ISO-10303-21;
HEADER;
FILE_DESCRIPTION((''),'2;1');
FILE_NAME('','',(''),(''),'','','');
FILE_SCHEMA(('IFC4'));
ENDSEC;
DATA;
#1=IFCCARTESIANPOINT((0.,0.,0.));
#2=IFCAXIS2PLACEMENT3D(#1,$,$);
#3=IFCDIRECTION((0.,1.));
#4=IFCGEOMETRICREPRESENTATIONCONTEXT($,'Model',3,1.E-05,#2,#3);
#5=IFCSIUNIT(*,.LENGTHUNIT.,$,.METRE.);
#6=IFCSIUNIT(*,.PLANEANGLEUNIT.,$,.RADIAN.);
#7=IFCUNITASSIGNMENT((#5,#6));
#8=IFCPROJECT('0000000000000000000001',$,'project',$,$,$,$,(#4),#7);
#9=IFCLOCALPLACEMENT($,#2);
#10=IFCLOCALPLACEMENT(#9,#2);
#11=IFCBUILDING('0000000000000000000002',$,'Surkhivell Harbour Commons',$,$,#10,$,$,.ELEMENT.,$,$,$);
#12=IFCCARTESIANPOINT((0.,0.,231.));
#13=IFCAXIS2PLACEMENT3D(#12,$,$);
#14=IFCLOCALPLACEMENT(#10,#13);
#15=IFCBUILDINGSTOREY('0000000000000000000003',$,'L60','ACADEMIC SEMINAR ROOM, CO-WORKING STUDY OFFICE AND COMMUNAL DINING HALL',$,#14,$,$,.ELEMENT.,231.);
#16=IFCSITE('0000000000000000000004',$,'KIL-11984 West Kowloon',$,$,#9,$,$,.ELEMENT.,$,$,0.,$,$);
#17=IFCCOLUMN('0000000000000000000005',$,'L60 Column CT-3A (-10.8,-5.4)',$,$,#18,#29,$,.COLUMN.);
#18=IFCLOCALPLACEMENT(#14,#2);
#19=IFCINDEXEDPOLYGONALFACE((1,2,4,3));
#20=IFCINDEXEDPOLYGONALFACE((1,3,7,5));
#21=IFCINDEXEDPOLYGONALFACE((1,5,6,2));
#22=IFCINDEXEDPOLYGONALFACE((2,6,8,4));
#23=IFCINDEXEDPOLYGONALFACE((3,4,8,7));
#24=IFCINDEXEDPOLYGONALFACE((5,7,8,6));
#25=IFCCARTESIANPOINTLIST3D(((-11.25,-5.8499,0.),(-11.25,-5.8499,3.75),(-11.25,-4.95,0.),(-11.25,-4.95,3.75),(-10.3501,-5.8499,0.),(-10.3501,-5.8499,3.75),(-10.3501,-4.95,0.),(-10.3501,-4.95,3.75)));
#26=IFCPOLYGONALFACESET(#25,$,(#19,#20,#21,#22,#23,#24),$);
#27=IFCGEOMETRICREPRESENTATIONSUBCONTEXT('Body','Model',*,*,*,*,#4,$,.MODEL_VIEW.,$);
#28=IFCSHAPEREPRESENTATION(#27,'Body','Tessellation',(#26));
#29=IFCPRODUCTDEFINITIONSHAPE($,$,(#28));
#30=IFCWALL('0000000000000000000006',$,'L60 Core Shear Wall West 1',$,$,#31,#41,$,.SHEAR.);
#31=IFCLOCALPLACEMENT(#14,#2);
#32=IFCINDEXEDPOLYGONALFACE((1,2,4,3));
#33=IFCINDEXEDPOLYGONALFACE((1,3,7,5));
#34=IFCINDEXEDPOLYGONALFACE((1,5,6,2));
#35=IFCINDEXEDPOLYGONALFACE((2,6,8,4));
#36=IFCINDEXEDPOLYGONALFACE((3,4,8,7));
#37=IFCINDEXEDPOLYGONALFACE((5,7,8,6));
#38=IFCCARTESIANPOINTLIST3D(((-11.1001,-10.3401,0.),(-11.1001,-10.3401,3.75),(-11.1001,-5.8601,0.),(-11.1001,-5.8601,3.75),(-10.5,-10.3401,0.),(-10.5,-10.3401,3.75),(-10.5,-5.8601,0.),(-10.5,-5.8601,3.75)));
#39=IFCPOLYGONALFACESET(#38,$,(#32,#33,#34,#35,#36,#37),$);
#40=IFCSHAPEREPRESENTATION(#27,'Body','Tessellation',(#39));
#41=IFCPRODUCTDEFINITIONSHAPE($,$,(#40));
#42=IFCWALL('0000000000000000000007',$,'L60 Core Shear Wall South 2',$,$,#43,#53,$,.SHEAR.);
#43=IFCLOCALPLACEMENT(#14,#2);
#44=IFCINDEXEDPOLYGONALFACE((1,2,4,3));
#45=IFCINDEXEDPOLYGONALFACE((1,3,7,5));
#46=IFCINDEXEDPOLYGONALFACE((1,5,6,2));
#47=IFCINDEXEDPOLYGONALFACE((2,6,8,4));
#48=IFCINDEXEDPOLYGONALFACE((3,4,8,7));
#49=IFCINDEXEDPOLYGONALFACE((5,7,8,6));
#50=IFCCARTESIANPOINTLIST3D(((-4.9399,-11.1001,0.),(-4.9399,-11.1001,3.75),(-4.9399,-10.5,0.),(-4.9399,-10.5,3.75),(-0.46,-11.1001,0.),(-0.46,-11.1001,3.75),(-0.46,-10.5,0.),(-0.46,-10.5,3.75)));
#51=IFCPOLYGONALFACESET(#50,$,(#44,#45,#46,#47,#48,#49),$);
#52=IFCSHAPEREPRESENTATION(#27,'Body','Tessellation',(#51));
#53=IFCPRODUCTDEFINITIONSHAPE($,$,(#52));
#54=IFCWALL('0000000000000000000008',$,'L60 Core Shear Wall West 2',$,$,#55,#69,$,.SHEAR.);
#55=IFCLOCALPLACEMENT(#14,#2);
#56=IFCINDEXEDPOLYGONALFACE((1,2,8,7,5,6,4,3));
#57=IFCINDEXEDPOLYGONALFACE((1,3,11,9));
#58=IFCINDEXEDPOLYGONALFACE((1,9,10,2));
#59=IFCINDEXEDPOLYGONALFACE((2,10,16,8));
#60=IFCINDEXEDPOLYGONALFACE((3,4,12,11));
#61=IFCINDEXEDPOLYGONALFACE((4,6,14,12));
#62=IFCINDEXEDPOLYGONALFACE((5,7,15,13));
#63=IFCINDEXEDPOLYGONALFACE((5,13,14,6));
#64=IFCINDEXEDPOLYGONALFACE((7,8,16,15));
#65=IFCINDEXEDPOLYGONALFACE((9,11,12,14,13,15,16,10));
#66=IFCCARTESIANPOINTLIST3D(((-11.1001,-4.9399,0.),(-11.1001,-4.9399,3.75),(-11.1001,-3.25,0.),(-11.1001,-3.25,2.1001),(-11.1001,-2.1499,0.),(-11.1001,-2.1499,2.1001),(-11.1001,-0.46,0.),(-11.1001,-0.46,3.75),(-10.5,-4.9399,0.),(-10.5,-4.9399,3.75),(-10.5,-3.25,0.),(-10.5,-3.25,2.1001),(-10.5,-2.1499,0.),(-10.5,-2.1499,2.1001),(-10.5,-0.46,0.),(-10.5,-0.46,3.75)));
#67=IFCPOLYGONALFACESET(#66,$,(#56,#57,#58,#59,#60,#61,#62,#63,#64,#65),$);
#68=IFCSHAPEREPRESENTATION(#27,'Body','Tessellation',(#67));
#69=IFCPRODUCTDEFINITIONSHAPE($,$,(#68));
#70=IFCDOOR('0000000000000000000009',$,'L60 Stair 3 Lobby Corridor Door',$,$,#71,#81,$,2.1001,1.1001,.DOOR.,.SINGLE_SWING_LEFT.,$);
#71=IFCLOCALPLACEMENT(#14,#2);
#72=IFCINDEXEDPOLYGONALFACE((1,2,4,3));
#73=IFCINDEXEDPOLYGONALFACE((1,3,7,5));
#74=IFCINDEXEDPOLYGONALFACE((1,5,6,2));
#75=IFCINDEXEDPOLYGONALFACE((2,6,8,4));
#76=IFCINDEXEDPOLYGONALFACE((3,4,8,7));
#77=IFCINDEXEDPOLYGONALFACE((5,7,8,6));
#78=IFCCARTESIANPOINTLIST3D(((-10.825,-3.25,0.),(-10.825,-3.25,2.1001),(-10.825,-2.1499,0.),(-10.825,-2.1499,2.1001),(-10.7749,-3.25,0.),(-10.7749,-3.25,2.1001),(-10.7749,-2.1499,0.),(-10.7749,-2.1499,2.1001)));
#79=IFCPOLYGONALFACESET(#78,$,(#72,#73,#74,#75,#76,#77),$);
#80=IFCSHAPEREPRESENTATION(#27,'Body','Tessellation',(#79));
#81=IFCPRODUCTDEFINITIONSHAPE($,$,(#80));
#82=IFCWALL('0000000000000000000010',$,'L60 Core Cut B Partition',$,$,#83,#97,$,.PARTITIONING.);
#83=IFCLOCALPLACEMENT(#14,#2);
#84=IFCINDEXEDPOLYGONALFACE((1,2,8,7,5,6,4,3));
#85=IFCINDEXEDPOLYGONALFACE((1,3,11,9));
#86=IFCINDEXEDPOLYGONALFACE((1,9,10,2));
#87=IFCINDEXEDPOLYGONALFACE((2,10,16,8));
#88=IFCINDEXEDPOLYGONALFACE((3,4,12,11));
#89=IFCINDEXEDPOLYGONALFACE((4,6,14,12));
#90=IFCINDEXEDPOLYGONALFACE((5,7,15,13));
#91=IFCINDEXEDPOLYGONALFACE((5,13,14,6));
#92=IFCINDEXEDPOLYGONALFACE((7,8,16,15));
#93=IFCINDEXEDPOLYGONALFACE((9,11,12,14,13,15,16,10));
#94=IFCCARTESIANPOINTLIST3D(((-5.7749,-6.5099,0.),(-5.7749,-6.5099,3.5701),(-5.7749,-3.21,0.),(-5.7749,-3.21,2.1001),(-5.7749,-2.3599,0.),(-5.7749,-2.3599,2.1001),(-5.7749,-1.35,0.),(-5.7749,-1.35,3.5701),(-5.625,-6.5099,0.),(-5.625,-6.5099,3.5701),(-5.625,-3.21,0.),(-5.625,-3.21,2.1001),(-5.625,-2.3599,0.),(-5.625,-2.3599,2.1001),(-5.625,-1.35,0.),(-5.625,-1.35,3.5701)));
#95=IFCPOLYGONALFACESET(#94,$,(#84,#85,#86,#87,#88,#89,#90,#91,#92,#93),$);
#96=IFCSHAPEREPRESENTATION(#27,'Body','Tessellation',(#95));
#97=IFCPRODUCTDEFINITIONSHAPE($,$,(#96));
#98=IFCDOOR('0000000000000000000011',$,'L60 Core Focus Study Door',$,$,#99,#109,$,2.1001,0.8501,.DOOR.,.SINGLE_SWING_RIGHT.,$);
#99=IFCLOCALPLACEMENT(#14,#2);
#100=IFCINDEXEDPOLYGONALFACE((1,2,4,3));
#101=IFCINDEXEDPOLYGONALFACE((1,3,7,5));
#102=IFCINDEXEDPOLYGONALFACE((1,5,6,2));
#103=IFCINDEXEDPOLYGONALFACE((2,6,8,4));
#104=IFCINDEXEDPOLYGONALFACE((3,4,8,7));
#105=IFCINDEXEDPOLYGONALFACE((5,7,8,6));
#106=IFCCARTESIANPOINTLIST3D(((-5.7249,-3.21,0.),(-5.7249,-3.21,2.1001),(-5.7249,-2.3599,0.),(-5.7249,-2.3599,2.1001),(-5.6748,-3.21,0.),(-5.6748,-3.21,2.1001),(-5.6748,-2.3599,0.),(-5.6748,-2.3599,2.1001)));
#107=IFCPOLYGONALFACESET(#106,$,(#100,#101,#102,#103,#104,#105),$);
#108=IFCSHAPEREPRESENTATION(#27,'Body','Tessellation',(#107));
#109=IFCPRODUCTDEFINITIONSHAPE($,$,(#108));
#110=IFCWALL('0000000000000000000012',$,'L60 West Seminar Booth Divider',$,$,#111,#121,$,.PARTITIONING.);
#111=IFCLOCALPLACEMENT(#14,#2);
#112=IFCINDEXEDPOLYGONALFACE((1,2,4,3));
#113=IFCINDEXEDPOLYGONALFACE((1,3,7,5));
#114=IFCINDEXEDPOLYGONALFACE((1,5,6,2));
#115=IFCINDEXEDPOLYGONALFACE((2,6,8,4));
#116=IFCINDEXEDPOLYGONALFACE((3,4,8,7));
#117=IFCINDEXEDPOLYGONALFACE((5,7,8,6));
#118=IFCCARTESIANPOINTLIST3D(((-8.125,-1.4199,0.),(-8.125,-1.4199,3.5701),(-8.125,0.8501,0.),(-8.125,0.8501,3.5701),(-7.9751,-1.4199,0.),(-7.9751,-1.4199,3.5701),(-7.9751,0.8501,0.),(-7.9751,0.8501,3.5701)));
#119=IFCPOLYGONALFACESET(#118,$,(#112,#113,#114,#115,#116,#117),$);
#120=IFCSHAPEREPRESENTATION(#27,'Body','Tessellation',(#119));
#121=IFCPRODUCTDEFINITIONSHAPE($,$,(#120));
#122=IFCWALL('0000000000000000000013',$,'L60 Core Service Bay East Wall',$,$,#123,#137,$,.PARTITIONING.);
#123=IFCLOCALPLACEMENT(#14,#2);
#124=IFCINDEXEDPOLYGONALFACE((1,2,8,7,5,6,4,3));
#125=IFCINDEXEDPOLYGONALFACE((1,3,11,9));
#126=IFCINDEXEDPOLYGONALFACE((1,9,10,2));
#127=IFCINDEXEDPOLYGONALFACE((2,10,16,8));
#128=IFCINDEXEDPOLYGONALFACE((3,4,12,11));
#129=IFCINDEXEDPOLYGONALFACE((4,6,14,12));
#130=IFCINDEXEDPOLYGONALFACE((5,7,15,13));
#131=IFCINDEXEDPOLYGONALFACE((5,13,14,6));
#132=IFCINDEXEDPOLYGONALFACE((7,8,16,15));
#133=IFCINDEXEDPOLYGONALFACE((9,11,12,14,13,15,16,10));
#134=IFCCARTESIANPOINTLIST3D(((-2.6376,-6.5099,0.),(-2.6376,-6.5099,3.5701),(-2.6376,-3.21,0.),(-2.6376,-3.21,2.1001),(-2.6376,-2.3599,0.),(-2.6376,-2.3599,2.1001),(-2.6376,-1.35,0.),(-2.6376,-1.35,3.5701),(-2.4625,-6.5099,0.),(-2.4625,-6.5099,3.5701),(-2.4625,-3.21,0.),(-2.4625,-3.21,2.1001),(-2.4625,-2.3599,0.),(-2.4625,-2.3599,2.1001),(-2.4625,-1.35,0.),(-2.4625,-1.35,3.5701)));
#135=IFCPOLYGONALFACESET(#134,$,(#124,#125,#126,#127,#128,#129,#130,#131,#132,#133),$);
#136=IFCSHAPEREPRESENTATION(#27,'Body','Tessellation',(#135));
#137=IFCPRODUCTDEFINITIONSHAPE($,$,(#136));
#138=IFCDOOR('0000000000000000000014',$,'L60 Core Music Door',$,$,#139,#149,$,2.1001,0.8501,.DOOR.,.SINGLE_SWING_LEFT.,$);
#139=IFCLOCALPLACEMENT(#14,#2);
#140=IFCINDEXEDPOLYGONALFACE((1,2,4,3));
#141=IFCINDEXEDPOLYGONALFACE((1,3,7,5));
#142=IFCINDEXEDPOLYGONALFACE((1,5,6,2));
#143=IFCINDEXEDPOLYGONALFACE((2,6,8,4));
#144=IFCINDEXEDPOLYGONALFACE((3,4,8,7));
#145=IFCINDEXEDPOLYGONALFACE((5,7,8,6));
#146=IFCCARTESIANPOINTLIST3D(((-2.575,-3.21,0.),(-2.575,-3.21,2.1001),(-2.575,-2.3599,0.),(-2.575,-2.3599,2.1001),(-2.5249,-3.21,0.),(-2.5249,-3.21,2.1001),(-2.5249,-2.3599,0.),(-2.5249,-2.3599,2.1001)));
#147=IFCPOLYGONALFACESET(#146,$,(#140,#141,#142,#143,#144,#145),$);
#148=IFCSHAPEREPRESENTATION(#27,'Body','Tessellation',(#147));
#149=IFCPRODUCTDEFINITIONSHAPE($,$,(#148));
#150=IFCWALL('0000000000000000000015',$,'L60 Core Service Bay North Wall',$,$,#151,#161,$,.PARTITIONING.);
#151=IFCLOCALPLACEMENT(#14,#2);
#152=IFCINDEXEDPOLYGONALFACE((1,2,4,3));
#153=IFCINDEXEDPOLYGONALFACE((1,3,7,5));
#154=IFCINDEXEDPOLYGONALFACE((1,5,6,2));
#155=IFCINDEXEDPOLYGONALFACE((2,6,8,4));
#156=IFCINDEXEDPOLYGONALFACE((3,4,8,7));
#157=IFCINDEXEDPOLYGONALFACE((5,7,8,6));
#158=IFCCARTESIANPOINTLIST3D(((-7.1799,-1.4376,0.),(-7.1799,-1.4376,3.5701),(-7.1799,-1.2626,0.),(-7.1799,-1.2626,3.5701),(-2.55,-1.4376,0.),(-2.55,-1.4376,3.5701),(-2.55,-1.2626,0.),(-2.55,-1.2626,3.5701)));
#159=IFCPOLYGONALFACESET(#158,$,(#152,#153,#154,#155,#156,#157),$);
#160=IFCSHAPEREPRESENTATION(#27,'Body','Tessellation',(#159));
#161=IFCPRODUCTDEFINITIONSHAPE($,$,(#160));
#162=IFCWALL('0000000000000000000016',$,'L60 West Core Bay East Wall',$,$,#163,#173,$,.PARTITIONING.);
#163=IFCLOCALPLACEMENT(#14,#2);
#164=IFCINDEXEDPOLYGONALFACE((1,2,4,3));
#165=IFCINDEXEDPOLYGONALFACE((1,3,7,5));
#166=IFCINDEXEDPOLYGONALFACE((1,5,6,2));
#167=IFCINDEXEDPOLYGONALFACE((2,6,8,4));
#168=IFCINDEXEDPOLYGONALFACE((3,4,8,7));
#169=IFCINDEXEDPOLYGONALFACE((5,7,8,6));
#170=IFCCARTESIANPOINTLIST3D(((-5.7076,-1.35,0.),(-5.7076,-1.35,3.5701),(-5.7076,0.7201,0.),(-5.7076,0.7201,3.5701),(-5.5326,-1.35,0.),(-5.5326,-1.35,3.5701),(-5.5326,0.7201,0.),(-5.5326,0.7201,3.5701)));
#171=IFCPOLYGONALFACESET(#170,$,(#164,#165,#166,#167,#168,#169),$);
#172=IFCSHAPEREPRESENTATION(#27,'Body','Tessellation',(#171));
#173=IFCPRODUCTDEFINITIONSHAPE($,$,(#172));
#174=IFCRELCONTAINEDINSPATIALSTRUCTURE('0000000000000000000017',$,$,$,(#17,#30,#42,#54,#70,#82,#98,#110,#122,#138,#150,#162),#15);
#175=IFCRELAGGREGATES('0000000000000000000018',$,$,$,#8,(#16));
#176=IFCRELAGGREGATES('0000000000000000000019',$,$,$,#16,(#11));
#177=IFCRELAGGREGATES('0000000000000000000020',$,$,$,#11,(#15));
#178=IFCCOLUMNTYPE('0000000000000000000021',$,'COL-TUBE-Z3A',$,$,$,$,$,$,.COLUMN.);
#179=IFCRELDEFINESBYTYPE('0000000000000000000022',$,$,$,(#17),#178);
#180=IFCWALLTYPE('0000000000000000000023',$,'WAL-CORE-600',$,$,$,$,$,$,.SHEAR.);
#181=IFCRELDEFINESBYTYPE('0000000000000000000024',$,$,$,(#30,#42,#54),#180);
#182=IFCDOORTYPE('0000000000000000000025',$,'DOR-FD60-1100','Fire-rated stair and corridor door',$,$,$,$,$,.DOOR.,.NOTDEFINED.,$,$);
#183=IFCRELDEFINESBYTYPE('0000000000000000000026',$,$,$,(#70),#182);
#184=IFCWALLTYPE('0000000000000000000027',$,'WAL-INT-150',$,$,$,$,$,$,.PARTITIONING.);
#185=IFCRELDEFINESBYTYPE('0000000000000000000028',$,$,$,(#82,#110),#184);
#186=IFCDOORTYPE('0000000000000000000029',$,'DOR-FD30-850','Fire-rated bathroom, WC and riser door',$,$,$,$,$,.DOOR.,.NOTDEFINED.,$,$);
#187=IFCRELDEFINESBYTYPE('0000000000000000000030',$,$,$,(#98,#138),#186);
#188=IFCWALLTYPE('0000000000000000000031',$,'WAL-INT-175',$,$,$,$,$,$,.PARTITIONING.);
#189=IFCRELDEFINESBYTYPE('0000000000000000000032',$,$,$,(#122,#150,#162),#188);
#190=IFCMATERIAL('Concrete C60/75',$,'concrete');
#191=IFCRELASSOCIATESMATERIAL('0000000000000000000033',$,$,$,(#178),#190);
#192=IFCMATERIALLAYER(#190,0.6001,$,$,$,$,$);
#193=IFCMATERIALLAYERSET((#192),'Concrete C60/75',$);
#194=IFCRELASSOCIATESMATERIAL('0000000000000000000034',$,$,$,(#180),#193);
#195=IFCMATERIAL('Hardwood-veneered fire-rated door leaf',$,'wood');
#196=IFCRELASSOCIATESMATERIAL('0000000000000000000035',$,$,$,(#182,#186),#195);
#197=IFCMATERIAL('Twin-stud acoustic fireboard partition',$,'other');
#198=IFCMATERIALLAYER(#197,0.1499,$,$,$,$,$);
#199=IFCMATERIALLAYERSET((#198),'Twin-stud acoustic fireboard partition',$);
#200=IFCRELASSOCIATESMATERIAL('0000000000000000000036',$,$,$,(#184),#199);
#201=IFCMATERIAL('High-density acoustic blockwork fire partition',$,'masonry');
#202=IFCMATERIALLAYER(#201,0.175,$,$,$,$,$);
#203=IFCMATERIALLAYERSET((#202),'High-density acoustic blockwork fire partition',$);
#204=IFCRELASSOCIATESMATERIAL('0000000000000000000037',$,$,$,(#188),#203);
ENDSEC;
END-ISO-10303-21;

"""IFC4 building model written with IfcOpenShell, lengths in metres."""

from ifc_helpers import new_model, si_unit, direction, frame, frame_2d, origin, origin_2d, place, context, subcontext, project, spatial, rectangle, extrude, material, layer, layer_set, material_profile, profile_set, type_object, element, fill, save


model = new_model("IFC4")

# Units and contexts
model_context = context("Model", 3, precision=1e-05, world=origin(), true_north=direction((0.0, 1.0)))
body_context = subcontext(model_context, "Body", "Model", "MODEL_VIEW")
ifc_project = project(units=[si_unit("LENGTHUNIT", "METRE"), si_unit("PLANEANGLEUNIT", "RADIAN")], contexts=[model_context])

# Site, building, storey
site_placement = place(None, origin())
site = spatial("IfcSite", under=ifc_project, at=site_placement, Name="KIL-11984 West Kowloon", CompositionType="ELEMENT", RefElevation=0.0)
building_placement = place(site_placement, origin())
building = spatial("IfcBuilding", under=site, at=building_placement, Name="Surkhivell Harbour Commons", CompositionType="ELEMENT")
storey_placement = place(building_placement, frame((0.0, 0.0, 231.0)))
storey = spatial("IfcBuildingStorey", under=building, at=storey_placement, Name="L60", Description="ACADEMIC SEMINAR ROOM, CO-WORKING STUDY OFFICE AND COMMUNAL DINING HALL", CompositionType="ELEMENT", Elevation=231.0)

# Column
ifc_material_1 = material(Name="Concrete C60/75", Category="concrete")
ifc_material_profile = material_profile(ifc_material_1, rectangle(XDim=0.8999, YDim=0.8999, at=origin_2d()), Name="RC-COL-900x900")
ifc_profile_set = profile_set([ifc_material_profile], Name="Concrete C60/75")
column_type = type_object("IfcColumnType", Name="COL-TUBE-Z3A", PredefinedType="COLUMN", material=ifc_profile_set)
column_placement = place(storey_placement, frame((-10.8, -5.3999, 0.0), z_axis=(0.0, 0.0, 1.0), x_axis=(1.0, 0.0, 0.0)))
element("IfcColumn", 1, at=column_placement, inside=storey, type_object=column_type, Name="L60 Column CT-3A (-10.8,-5.4)", PredefinedType="COLUMN", context=body_context, shape_type="SweptSolid", body=[
    extrude(rectangle(XDim=0.8999, YDim=0.8999, at=origin_2d()), origin(), (0.0, 0.0, 1.0), 3.75),
])

# Walls
ifc_layer_1 = layer(ifc_material_1, 0.6001)
ifc_layer_set_1 = layer_set([ifc_layer_1], Name="Concrete C60/75")
wall_type_1 = type_object("IfcWallType", Name="WAL-CORE-600", PredefinedType="SHEAR", material=ifc_layer_set_1)
for number, where, z_axis, x_axis, name in (
    (2, (-10.8, -10.3401, 0.0), (0.0, 0.0, 1.0), (0.0, 1.0, 0.0), "L60 Core Shear Wall West 1"),
    (3, (-4.9399, -10.8, 0.0), (0.0, 0.0, 1.0), (1.0, 0.0, 0.0), "L60 Core Shear Wall South 2"),
):
    element("IfcWall", number, at=place(storey_placement, frame(where, z_axis=z_axis, x_axis=x_axis)), inside=storey, type_object=wall_type_1, Name=name, PredefinedType="SHEAR", context=body_context, shape_type="SweptSolid", body=[
        extrude(rectangle(XDim=4.48, YDim=0.6001, at=frame_2d((2.24, 0.0))), origin(), (0.0, 0.0, 1.0), 3.75),
    ])

# Walls, openings, doors
wall_1_placement = place(storey_placement, frame((-10.8, -4.9399, 0.0), z_axis=(0.0, 0.0, 1.0), x_axis=(0.0, 1.0, 0.0)))
wall_1 = element("IfcWall", 4, at=wall_1_placement, inside=storey, type_object=wall_type_1, Name="L60 Core Shear Wall West 2", PredefinedType="SHEAR", context=body_context, shape_type="SweptSolid", body=[
    extrude(rectangle(XDim=4.48, YDim=0.6001, at=frame_2d((2.24, 0.0))), origin(), (0.0, 0.0, 1.0), 3.75),
])
opening_1_placement = place(wall_1_placement, frame((1.6899, 0.0, 0.0)))
opening_1 = element("IfcOpeningElement", 5, at=opening_1_placement, cuts=wall_1, PredefinedType="OPENING", context=body_context, shape_type="SweptSolid", body=[
    extrude(rectangle(XDim=1.1001, YDim=2.1001, at=frame_2d((0.55, 1.05))), frame((0.0, 0.3101, 0.0), z_axis=(0.0, -1.0, 0.0), x_axis=(1.0, 0.0, 0.0)), (0.0, 0.0, 1.0), 0.6201),
])
ifc_material_2 = material(Name="Hardwood-veneered fire-rated door leaf", Category="wood")
door_type_1 = type_object("IfcDoorType", Name="DOR-FD60-1100", Description="Fire-rated stair and corridor door", OperationType="NOTDEFINED", PredefinedType="DOOR", material=ifc_material_2)
door_1_placement = place(opening_1_placement, origin())
door_1 = element("IfcDoor", 6, at=door_1_placement, inside=storey, type_object=door_type_1, Name="L60 Stair 3 Lobby Corridor Door", OperationType="SINGLE_SWING_LEFT", OverallHeight=2.1001, OverallWidth=1.1001, PredefinedType="DOOR", context=body_context, shape_type="SweptSolid", body=[
    extrude(rectangle(XDim=1.1001, YDim=2.1001, at=frame_2d((0.55, 1.05))), frame((0.0, 0.0249, 0.0), z_axis=(0.0, -1.0, 0.0), x_axis=(1.0, 0.0, 0.0)), (0.0, 0.0, 1.0), 0.05),
])
fill(opening_1, door_1)
ifc_material_3 = material(Name="Twin-stud acoustic fireboard partition", Category="other")
ifc_layer_2 = layer(ifc_material_3, 0.1499)
ifc_layer_set_2 = layer_set([ifc_layer_2], Name="Twin-stud acoustic fireboard partition")
wall_type_2 = type_object("IfcWallType", Name="WAL-INT-150", PredefinedType="PARTITIONING", material=ifc_layer_set_2)
wall_2_placement = place(storey_placement, frame((-5.7, -6.51, 0.0), z_axis=(0.0, 0.0, 1.0), x_axis=(0.0, 1.0, 0.0)))
wall_2 = element("IfcWall", 7, at=wall_2_placement, inside=storey, type_object=wall_type_2, Name="L60 Core Cut B Partition", PredefinedType="PARTITIONING", context=body_context, shape_type="SweptSolid", body=[
    extrude(rectangle(XDim=5.1599, YDim=0.1499, at=frame_2d((2.5801, 0.0))), origin(), (0.0, 0.0, 1.0), 3.5701),
])
opening_2_placement = place(wall_2_placement, frame((3.3, 0.0, 0.0)))
opening_2 = element("IfcOpeningElement", 8, at=opening_2_placement, cuts=wall_2, PredefinedType="OPENING", context=body_context, shape_type="SweptSolid", body=[
    extrude(rectangle(XDim=0.8501, YDim=2.1001, at=frame_2d((0.425, 1.05))), frame((0.0, 0.085, 0.0), z_axis=(0.0, -1.0, 0.0), x_axis=(1.0, 0.0, 0.0)), (0.0, 0.0, 1.0), 0.1699),
])
door_type_2 = type_object("IfcDoorType", Name="DOR-FD30-850", Description="Fire-rated bathroom, WC and riser door", OperationType="NOTDEFINED", PredefinedType="DOOR", material=ifc_material_2)
door_2_placement = place(opening_2_placement, origin())
door_2 = element("IfcDoor", 9, at=door_2_placement, inside=storey, type_object=door_type_2, Name="L60 Core Focus Study Door", OperationType="SINGLE_SWING_RIGHT", OverallHeight=2.1001, OverallWidth=0.8501, PredefinedType="DOOR", context=body_context, shape_type="SweptSolid", body=[
    extrude(rectangle(XDim=0.8501, YDim=2.1001, at=frame_2d((0.425, 1.05))), frame((0.0, 0.0249, 0.0), z_axis=(0.0, -1.0, 0.0), x_axis=(1.0, 0.0, 0.0)), (0.0, 0.0, 1.0), 0.05),
])
fill(opening_2, door_2)

# Wall
wall_3_placement = place(storey_placement, frame((-8.05, -1.4199, 0.0), z_axis=(0.0, 0.0, 1.0), x_axis=(0.0, 1.0, 0.0)))
element("IfcWall", 10, at=wall_3_placement, inside=storey, type_object=wall_type_2, Name="L60 West Seminar Booth Divider", PredefinedType="PARTITIONING", context=body_context, shape_type="SweptSolid", body=[
    extrude(rectangle(XDim=2.27, YDim=0.1499, at=frame_2d((1.135, 0.0))), origin(), (0.0, 0.0, 1.0), 3.5701),
])

# Wall, opening, door
ifc_material_4 = material(Name="High-density acoustic blockwork fire partition", Category="masonry")
ifc_layer_3 = layer(ifc_material_4, 0.175)
ifc_layer_set_3 = layer_set([ifc_layer_3], Name="High-density acoustic blockwork fire partition")
wall_type_3 = type_object("IfcWallType", Name="WAL-INT-175", PredefinedType="PARTITIONING", material=ifc_layer_set_3)
wall_4_placement = place(storey_placement, frame((-2.55, -6.51, 0.0), z_axis=(0.0, 0.0, 1.0), x_axis=(0.0, 1.0, 0.0)))
wall_4 = element("IfcWall", 11, at=wall_4_placement, inside=storey, type_object=wall_type_3, Name="L60 Core Service Bay East Wall", PredefinedType="PARTITIONING", context=body_context, shape_type="SweptSolid", body=[
    extrude(rectangle(XDim=5.1599, YDim=0.175, at=frame_2d((2.5801, 0.0))), origin(), (0.0, 0.0, 1.0), 3.5701),
])
opening_3_placement = place(wall_4_placement, frame((3.3, 0.0, 0.0)))
opening_3 = element("IfcOpeningElement", 12, at=opening_3_placement, cuts=wall_4, PredefinedType="OPENING", context=body_context, shape_type="SweptSolid", body=[
    extrude(rectangle(XDim=0.8501, YDim=2.1001, at=frame_2d((0.425, 1.05))), frame((0.0, 0.0974, 0.0), z_axis=(0.0, -1.0, 0.0), x_axis=(1.0, 0.0, 0.0)), (0.0, 0.0, 1.0), 0.1951),
])
door_3_placement = place(opening_3_placement, origin())
door_3 = element("IfcDoor", 13, at=door_3_placement, inside=storey, type_object=door_type_2, Name="L60 Core Music Door", OperationType="SINGLE_SWING_LEFT", OverallHeight=2.1001, OverallWidth=0.8501, PredefinedType="DOOR", context=body_context, shape_type="SweptSolid", body=[
    extrude(rectangle(XDim=0.8501, YDim=2.1001, at=frame_2d((0.425, 1.05))), frame((0.0, 0.0249, 0.0), z_axis=(0.0, -1.0, 0.0), x_axis=(1.0, 0.0, 0.0)), (0.0, 0.0, 1.0), 0.05),
])
fill(opening_3, door_3)

# Walls
wall_5_placement = place(storey_placement, frame((-7.1799, -1.3501, 0.0), z_axis=(0.0, 0.0, 1.0), x_axis=(1.0, 0.0, 0.0)))
element("IfcWall", 14, at=wall_5_placement, inside=storey, type_object=wall_type_3, Name="L60 Core Service Bay North Wall", PredefinedType="PARTITIONING", context=body_context, shape_type="SweptSolid", body=[
    extrude(rectangle(XDim=4.6299, YDim=0.175, at=frame_2d((2.3149, 0.0))), origin(), (0.0, 0.0, 1.0), 3.5701),
])
wall_6_placement = place(storey_placement, frame((-5.6201, -1.3501, 0.0), z_axis=(0.0, 0.0, 1.0), x_axis=(0.0, 1.0, 0.0)))
element("IfcWall", 15, at=wall_6_placement, inside=storey, type_object=wall_type_3, Name="L60 West Core Bay East Wall", PredefinedType="PARTITIONING", context=body_context, shape_type="SweptSolid", body=[
    extrude(rectangle(XDim=2.0701, YDim=0.175, at=frame_2d((1.0352, 0.0))), origin(), (0.0, 0.0, 1.0), 3.5701),
])

save(model, "model.ifc")
